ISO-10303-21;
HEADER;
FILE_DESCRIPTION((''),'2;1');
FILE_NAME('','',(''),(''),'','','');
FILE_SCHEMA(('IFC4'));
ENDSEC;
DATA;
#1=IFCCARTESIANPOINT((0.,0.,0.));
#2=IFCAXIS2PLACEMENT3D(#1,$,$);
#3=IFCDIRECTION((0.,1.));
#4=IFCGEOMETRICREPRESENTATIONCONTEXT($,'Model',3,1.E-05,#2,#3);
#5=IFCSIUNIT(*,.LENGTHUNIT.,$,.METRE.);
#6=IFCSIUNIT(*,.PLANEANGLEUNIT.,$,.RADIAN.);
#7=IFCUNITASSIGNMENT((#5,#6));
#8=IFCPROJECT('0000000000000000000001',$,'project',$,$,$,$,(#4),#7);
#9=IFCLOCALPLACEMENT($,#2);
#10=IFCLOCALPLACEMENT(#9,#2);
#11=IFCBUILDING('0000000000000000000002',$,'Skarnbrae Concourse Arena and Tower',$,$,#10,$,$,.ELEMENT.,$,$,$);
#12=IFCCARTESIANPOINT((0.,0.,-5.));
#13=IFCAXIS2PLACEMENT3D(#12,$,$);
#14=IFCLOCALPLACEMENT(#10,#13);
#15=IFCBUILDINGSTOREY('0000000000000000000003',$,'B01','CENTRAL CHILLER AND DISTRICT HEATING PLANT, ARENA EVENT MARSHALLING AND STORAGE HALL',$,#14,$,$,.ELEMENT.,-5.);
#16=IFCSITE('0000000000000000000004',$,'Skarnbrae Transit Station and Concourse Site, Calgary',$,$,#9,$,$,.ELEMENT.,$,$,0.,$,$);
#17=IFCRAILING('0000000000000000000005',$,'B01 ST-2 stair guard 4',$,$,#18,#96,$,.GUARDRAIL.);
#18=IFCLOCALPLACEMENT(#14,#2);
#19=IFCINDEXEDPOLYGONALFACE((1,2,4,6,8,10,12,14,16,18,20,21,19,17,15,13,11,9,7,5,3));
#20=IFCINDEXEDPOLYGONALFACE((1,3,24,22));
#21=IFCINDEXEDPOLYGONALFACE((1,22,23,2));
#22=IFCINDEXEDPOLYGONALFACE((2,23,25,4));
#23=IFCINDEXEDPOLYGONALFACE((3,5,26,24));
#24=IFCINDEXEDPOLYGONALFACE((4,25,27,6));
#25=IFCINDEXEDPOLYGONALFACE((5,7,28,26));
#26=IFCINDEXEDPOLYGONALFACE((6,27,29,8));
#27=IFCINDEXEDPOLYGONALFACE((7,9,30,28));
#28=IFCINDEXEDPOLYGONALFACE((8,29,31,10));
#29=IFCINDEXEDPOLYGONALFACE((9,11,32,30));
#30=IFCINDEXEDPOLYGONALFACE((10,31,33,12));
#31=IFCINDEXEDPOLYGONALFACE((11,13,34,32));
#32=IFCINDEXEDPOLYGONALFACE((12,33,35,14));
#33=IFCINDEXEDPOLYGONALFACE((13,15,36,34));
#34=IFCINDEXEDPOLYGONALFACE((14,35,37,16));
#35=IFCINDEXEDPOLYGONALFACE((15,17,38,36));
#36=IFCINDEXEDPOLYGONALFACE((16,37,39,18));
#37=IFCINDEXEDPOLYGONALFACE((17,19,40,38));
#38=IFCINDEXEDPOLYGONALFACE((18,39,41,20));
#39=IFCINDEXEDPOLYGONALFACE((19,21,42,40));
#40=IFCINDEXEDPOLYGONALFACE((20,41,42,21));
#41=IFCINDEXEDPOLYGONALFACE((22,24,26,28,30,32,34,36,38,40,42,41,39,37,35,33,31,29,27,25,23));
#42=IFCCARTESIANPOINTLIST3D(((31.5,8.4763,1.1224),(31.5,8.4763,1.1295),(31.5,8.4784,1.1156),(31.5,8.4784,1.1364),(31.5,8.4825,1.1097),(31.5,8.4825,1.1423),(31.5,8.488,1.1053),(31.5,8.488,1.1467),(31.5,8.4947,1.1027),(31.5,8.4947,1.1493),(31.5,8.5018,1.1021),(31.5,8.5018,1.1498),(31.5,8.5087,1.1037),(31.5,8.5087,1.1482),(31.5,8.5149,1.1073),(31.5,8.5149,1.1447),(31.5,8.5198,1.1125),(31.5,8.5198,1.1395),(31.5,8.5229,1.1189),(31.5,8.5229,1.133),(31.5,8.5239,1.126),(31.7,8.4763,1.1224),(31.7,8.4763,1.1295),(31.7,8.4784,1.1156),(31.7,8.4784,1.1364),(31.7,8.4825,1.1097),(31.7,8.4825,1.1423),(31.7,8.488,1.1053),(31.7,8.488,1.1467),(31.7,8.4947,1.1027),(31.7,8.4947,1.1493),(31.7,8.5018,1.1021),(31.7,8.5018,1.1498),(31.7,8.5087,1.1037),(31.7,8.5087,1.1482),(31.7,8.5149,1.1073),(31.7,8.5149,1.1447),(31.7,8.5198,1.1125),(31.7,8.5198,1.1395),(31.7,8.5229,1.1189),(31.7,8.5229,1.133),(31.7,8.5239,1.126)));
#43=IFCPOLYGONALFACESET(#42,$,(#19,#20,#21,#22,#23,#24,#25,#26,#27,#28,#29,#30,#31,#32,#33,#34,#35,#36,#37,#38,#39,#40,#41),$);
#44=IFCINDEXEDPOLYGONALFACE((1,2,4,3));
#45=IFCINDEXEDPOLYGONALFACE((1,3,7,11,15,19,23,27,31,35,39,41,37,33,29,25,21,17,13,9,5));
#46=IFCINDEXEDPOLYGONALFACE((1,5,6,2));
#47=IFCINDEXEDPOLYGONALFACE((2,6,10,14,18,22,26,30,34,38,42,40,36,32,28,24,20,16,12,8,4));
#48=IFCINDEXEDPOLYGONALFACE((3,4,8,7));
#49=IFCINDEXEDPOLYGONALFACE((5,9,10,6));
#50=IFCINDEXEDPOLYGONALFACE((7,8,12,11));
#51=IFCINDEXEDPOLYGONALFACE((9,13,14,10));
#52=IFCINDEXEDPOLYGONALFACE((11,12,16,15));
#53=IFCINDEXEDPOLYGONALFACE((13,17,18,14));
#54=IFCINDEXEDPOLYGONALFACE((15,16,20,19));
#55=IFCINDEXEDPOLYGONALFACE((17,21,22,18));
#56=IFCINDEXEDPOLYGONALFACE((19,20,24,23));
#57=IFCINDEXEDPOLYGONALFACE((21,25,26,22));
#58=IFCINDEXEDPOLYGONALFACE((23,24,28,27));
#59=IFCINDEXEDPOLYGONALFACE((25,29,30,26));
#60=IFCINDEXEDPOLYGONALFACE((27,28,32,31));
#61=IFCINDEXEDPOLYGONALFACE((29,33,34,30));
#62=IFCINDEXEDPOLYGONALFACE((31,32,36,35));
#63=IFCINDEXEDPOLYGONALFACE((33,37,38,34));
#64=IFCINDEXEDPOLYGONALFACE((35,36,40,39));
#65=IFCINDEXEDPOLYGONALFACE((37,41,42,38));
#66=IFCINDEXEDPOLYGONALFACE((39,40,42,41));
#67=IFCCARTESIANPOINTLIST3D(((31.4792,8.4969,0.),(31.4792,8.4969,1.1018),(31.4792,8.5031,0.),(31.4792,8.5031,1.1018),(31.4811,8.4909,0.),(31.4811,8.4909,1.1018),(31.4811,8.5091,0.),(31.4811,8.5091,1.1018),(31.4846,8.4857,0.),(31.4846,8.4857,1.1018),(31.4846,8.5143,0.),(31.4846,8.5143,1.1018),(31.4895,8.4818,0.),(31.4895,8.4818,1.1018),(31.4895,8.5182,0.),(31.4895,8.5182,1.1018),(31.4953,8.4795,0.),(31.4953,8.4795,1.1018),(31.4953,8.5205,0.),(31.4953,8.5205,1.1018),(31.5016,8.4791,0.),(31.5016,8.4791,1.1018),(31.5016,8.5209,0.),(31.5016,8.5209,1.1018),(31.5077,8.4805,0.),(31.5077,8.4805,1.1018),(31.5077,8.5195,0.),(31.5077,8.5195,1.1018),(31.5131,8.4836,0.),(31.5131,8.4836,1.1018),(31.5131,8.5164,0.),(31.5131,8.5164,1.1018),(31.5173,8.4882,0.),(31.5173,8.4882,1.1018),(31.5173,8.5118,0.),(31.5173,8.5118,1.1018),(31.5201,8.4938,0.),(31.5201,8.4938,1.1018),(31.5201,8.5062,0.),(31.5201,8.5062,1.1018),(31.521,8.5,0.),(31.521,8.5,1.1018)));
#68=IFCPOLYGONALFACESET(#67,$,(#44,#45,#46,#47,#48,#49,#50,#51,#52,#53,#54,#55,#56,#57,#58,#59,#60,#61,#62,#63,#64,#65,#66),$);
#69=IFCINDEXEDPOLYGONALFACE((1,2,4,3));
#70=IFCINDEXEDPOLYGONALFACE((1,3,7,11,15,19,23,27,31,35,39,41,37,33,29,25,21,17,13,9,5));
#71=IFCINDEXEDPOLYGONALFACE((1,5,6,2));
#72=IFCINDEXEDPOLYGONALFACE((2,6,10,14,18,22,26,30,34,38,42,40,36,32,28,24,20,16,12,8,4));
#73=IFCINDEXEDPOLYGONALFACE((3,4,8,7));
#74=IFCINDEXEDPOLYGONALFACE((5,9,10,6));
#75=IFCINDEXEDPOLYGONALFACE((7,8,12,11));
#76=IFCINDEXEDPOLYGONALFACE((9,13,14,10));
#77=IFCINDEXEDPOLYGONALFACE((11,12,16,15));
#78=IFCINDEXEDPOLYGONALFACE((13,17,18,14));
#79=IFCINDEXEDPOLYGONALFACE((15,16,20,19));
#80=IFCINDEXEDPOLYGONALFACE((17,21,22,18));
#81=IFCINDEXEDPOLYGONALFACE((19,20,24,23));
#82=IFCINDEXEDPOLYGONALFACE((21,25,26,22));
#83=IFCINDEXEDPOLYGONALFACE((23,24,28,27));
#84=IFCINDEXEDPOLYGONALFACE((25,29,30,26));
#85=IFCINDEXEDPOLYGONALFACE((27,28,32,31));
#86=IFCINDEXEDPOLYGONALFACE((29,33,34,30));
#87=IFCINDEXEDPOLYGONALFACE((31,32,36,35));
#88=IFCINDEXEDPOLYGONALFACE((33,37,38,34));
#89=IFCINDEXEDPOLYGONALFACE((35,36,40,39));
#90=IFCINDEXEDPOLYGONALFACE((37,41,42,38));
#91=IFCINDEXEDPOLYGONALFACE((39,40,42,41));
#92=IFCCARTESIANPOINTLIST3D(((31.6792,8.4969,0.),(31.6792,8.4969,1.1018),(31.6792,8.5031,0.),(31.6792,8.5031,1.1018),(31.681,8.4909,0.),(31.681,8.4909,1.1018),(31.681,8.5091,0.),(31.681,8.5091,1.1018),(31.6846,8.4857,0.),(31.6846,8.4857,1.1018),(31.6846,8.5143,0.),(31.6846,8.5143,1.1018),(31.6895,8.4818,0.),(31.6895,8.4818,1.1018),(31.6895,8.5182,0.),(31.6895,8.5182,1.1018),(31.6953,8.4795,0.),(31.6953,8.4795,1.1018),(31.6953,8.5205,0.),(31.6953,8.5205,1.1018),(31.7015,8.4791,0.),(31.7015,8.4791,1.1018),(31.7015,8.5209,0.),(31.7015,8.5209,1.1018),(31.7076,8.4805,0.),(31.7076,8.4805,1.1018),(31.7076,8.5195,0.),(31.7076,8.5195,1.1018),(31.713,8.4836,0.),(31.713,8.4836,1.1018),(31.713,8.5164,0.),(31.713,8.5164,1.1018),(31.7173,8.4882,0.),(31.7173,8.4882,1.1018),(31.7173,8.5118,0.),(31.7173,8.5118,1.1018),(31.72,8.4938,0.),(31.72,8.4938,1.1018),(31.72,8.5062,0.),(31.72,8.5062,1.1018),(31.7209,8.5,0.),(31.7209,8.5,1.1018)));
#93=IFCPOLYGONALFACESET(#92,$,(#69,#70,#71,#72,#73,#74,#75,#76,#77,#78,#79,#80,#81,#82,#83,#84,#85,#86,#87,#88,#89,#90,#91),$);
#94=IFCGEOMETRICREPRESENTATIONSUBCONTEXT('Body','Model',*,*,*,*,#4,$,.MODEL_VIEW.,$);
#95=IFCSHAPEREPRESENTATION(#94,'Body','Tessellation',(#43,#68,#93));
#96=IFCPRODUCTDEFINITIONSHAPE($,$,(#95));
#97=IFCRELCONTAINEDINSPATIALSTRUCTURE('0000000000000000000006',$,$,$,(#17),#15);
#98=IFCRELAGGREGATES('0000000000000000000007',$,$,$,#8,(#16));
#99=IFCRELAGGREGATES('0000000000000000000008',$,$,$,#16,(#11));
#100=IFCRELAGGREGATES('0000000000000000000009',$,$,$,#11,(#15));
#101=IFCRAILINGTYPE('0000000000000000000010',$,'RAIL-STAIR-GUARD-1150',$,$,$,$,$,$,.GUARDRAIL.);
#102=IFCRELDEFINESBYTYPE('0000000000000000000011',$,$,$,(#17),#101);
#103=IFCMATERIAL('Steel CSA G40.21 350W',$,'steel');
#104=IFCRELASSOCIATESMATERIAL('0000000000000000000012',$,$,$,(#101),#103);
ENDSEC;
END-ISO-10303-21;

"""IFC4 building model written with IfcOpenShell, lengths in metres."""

from ifc_helpers import new_model, si_unit, direction, frame, origin, origin_2d, place, context, subcontext, project, spatial, circle, extrude, material, type_object, element, save


model = new_model("IFC4")

# Units and contexts
model_context = context("Model", 3, precision=1e-05, world=origin(), true_north=direction((0.0, 1.0)))
body_context = subcontext(model_context, "Body", "Model", "MODEL_VIEW")
ifc_project = project(units=[si_unit("LENGTHUNIT", "METRE"), si_unit("PLANEANGLEUNIT", "RADIAN")], contexts=[model_context])

# Site, building, storey
site_placement = place(None, origin())
site = spatial("IfcSite", under=ifc_project, at=site_placement, Name="Skarnbrae Transit Station and Concourse Site, Calgary", CompositionType="ELEMENT", RefElevation=0.0)
building_placement = place(site_placement, origin())
building = spatial("IfcBuilding", under=site, at=building_placement, Name="Skarnbrae Concourse Arena and Tower", CompositionType="ELEMENT")
storey_placement = place(building_placement, frame((0.0, 0.0, -5.0)))
storey = spatial("IfcBuildingStorey", under=building, at=storey_placement, Name="B01", Description="CENTRAL CHILLER AND DISTRICT HEATING PLANT, ARENA EVENT MARSHALLING AND STORAGE HALL", CompositionType="ELEMENT", Elevation=-5.0)

# Shared definitions
ifc_material_1 = material(Name="Steel CSA G40.21 350W", Category="steel")

# Railing
railing_type_1 = type_object("IfcRailingType", Name="RAIL-STAIR-GUARD-1150", PredefinedType="GUARDRAIL", material=ifc_material_1)
railing_1_placement = place(storey_placement, frame((31.5, 8.5, 0.0)))
element("IfcRailing", 1, at=railing_1_placement, inside=storey, type_object=railing_type_1, Name="B01 ST-2 stair guard 4", PredefinedType="GUARDRAIL", context=body_context, shape_type="SweptSolid", body=[
    extrude(circle(Radius=0.0239, at=origin_2d()), frame((0.0, 0.0, 1.126), z_axis=(1.0, 0.0, 0.0), x_axis=(0.0, 1.0, 0.0)), (0.0, 0.0, 1.0), 0.2),
    extrude(circle(Radius=0.021, at=origin_2d()), origin(), (0.0, 0.0, 1.0), 1.1018),
    extrude(circle(Radius=0.021, at=origin_2d()), frame((0.2, 0.0, 0.0)), (0.0, 0.0, 1.0), 1.1018),
])

save(model, "model.ifc")
